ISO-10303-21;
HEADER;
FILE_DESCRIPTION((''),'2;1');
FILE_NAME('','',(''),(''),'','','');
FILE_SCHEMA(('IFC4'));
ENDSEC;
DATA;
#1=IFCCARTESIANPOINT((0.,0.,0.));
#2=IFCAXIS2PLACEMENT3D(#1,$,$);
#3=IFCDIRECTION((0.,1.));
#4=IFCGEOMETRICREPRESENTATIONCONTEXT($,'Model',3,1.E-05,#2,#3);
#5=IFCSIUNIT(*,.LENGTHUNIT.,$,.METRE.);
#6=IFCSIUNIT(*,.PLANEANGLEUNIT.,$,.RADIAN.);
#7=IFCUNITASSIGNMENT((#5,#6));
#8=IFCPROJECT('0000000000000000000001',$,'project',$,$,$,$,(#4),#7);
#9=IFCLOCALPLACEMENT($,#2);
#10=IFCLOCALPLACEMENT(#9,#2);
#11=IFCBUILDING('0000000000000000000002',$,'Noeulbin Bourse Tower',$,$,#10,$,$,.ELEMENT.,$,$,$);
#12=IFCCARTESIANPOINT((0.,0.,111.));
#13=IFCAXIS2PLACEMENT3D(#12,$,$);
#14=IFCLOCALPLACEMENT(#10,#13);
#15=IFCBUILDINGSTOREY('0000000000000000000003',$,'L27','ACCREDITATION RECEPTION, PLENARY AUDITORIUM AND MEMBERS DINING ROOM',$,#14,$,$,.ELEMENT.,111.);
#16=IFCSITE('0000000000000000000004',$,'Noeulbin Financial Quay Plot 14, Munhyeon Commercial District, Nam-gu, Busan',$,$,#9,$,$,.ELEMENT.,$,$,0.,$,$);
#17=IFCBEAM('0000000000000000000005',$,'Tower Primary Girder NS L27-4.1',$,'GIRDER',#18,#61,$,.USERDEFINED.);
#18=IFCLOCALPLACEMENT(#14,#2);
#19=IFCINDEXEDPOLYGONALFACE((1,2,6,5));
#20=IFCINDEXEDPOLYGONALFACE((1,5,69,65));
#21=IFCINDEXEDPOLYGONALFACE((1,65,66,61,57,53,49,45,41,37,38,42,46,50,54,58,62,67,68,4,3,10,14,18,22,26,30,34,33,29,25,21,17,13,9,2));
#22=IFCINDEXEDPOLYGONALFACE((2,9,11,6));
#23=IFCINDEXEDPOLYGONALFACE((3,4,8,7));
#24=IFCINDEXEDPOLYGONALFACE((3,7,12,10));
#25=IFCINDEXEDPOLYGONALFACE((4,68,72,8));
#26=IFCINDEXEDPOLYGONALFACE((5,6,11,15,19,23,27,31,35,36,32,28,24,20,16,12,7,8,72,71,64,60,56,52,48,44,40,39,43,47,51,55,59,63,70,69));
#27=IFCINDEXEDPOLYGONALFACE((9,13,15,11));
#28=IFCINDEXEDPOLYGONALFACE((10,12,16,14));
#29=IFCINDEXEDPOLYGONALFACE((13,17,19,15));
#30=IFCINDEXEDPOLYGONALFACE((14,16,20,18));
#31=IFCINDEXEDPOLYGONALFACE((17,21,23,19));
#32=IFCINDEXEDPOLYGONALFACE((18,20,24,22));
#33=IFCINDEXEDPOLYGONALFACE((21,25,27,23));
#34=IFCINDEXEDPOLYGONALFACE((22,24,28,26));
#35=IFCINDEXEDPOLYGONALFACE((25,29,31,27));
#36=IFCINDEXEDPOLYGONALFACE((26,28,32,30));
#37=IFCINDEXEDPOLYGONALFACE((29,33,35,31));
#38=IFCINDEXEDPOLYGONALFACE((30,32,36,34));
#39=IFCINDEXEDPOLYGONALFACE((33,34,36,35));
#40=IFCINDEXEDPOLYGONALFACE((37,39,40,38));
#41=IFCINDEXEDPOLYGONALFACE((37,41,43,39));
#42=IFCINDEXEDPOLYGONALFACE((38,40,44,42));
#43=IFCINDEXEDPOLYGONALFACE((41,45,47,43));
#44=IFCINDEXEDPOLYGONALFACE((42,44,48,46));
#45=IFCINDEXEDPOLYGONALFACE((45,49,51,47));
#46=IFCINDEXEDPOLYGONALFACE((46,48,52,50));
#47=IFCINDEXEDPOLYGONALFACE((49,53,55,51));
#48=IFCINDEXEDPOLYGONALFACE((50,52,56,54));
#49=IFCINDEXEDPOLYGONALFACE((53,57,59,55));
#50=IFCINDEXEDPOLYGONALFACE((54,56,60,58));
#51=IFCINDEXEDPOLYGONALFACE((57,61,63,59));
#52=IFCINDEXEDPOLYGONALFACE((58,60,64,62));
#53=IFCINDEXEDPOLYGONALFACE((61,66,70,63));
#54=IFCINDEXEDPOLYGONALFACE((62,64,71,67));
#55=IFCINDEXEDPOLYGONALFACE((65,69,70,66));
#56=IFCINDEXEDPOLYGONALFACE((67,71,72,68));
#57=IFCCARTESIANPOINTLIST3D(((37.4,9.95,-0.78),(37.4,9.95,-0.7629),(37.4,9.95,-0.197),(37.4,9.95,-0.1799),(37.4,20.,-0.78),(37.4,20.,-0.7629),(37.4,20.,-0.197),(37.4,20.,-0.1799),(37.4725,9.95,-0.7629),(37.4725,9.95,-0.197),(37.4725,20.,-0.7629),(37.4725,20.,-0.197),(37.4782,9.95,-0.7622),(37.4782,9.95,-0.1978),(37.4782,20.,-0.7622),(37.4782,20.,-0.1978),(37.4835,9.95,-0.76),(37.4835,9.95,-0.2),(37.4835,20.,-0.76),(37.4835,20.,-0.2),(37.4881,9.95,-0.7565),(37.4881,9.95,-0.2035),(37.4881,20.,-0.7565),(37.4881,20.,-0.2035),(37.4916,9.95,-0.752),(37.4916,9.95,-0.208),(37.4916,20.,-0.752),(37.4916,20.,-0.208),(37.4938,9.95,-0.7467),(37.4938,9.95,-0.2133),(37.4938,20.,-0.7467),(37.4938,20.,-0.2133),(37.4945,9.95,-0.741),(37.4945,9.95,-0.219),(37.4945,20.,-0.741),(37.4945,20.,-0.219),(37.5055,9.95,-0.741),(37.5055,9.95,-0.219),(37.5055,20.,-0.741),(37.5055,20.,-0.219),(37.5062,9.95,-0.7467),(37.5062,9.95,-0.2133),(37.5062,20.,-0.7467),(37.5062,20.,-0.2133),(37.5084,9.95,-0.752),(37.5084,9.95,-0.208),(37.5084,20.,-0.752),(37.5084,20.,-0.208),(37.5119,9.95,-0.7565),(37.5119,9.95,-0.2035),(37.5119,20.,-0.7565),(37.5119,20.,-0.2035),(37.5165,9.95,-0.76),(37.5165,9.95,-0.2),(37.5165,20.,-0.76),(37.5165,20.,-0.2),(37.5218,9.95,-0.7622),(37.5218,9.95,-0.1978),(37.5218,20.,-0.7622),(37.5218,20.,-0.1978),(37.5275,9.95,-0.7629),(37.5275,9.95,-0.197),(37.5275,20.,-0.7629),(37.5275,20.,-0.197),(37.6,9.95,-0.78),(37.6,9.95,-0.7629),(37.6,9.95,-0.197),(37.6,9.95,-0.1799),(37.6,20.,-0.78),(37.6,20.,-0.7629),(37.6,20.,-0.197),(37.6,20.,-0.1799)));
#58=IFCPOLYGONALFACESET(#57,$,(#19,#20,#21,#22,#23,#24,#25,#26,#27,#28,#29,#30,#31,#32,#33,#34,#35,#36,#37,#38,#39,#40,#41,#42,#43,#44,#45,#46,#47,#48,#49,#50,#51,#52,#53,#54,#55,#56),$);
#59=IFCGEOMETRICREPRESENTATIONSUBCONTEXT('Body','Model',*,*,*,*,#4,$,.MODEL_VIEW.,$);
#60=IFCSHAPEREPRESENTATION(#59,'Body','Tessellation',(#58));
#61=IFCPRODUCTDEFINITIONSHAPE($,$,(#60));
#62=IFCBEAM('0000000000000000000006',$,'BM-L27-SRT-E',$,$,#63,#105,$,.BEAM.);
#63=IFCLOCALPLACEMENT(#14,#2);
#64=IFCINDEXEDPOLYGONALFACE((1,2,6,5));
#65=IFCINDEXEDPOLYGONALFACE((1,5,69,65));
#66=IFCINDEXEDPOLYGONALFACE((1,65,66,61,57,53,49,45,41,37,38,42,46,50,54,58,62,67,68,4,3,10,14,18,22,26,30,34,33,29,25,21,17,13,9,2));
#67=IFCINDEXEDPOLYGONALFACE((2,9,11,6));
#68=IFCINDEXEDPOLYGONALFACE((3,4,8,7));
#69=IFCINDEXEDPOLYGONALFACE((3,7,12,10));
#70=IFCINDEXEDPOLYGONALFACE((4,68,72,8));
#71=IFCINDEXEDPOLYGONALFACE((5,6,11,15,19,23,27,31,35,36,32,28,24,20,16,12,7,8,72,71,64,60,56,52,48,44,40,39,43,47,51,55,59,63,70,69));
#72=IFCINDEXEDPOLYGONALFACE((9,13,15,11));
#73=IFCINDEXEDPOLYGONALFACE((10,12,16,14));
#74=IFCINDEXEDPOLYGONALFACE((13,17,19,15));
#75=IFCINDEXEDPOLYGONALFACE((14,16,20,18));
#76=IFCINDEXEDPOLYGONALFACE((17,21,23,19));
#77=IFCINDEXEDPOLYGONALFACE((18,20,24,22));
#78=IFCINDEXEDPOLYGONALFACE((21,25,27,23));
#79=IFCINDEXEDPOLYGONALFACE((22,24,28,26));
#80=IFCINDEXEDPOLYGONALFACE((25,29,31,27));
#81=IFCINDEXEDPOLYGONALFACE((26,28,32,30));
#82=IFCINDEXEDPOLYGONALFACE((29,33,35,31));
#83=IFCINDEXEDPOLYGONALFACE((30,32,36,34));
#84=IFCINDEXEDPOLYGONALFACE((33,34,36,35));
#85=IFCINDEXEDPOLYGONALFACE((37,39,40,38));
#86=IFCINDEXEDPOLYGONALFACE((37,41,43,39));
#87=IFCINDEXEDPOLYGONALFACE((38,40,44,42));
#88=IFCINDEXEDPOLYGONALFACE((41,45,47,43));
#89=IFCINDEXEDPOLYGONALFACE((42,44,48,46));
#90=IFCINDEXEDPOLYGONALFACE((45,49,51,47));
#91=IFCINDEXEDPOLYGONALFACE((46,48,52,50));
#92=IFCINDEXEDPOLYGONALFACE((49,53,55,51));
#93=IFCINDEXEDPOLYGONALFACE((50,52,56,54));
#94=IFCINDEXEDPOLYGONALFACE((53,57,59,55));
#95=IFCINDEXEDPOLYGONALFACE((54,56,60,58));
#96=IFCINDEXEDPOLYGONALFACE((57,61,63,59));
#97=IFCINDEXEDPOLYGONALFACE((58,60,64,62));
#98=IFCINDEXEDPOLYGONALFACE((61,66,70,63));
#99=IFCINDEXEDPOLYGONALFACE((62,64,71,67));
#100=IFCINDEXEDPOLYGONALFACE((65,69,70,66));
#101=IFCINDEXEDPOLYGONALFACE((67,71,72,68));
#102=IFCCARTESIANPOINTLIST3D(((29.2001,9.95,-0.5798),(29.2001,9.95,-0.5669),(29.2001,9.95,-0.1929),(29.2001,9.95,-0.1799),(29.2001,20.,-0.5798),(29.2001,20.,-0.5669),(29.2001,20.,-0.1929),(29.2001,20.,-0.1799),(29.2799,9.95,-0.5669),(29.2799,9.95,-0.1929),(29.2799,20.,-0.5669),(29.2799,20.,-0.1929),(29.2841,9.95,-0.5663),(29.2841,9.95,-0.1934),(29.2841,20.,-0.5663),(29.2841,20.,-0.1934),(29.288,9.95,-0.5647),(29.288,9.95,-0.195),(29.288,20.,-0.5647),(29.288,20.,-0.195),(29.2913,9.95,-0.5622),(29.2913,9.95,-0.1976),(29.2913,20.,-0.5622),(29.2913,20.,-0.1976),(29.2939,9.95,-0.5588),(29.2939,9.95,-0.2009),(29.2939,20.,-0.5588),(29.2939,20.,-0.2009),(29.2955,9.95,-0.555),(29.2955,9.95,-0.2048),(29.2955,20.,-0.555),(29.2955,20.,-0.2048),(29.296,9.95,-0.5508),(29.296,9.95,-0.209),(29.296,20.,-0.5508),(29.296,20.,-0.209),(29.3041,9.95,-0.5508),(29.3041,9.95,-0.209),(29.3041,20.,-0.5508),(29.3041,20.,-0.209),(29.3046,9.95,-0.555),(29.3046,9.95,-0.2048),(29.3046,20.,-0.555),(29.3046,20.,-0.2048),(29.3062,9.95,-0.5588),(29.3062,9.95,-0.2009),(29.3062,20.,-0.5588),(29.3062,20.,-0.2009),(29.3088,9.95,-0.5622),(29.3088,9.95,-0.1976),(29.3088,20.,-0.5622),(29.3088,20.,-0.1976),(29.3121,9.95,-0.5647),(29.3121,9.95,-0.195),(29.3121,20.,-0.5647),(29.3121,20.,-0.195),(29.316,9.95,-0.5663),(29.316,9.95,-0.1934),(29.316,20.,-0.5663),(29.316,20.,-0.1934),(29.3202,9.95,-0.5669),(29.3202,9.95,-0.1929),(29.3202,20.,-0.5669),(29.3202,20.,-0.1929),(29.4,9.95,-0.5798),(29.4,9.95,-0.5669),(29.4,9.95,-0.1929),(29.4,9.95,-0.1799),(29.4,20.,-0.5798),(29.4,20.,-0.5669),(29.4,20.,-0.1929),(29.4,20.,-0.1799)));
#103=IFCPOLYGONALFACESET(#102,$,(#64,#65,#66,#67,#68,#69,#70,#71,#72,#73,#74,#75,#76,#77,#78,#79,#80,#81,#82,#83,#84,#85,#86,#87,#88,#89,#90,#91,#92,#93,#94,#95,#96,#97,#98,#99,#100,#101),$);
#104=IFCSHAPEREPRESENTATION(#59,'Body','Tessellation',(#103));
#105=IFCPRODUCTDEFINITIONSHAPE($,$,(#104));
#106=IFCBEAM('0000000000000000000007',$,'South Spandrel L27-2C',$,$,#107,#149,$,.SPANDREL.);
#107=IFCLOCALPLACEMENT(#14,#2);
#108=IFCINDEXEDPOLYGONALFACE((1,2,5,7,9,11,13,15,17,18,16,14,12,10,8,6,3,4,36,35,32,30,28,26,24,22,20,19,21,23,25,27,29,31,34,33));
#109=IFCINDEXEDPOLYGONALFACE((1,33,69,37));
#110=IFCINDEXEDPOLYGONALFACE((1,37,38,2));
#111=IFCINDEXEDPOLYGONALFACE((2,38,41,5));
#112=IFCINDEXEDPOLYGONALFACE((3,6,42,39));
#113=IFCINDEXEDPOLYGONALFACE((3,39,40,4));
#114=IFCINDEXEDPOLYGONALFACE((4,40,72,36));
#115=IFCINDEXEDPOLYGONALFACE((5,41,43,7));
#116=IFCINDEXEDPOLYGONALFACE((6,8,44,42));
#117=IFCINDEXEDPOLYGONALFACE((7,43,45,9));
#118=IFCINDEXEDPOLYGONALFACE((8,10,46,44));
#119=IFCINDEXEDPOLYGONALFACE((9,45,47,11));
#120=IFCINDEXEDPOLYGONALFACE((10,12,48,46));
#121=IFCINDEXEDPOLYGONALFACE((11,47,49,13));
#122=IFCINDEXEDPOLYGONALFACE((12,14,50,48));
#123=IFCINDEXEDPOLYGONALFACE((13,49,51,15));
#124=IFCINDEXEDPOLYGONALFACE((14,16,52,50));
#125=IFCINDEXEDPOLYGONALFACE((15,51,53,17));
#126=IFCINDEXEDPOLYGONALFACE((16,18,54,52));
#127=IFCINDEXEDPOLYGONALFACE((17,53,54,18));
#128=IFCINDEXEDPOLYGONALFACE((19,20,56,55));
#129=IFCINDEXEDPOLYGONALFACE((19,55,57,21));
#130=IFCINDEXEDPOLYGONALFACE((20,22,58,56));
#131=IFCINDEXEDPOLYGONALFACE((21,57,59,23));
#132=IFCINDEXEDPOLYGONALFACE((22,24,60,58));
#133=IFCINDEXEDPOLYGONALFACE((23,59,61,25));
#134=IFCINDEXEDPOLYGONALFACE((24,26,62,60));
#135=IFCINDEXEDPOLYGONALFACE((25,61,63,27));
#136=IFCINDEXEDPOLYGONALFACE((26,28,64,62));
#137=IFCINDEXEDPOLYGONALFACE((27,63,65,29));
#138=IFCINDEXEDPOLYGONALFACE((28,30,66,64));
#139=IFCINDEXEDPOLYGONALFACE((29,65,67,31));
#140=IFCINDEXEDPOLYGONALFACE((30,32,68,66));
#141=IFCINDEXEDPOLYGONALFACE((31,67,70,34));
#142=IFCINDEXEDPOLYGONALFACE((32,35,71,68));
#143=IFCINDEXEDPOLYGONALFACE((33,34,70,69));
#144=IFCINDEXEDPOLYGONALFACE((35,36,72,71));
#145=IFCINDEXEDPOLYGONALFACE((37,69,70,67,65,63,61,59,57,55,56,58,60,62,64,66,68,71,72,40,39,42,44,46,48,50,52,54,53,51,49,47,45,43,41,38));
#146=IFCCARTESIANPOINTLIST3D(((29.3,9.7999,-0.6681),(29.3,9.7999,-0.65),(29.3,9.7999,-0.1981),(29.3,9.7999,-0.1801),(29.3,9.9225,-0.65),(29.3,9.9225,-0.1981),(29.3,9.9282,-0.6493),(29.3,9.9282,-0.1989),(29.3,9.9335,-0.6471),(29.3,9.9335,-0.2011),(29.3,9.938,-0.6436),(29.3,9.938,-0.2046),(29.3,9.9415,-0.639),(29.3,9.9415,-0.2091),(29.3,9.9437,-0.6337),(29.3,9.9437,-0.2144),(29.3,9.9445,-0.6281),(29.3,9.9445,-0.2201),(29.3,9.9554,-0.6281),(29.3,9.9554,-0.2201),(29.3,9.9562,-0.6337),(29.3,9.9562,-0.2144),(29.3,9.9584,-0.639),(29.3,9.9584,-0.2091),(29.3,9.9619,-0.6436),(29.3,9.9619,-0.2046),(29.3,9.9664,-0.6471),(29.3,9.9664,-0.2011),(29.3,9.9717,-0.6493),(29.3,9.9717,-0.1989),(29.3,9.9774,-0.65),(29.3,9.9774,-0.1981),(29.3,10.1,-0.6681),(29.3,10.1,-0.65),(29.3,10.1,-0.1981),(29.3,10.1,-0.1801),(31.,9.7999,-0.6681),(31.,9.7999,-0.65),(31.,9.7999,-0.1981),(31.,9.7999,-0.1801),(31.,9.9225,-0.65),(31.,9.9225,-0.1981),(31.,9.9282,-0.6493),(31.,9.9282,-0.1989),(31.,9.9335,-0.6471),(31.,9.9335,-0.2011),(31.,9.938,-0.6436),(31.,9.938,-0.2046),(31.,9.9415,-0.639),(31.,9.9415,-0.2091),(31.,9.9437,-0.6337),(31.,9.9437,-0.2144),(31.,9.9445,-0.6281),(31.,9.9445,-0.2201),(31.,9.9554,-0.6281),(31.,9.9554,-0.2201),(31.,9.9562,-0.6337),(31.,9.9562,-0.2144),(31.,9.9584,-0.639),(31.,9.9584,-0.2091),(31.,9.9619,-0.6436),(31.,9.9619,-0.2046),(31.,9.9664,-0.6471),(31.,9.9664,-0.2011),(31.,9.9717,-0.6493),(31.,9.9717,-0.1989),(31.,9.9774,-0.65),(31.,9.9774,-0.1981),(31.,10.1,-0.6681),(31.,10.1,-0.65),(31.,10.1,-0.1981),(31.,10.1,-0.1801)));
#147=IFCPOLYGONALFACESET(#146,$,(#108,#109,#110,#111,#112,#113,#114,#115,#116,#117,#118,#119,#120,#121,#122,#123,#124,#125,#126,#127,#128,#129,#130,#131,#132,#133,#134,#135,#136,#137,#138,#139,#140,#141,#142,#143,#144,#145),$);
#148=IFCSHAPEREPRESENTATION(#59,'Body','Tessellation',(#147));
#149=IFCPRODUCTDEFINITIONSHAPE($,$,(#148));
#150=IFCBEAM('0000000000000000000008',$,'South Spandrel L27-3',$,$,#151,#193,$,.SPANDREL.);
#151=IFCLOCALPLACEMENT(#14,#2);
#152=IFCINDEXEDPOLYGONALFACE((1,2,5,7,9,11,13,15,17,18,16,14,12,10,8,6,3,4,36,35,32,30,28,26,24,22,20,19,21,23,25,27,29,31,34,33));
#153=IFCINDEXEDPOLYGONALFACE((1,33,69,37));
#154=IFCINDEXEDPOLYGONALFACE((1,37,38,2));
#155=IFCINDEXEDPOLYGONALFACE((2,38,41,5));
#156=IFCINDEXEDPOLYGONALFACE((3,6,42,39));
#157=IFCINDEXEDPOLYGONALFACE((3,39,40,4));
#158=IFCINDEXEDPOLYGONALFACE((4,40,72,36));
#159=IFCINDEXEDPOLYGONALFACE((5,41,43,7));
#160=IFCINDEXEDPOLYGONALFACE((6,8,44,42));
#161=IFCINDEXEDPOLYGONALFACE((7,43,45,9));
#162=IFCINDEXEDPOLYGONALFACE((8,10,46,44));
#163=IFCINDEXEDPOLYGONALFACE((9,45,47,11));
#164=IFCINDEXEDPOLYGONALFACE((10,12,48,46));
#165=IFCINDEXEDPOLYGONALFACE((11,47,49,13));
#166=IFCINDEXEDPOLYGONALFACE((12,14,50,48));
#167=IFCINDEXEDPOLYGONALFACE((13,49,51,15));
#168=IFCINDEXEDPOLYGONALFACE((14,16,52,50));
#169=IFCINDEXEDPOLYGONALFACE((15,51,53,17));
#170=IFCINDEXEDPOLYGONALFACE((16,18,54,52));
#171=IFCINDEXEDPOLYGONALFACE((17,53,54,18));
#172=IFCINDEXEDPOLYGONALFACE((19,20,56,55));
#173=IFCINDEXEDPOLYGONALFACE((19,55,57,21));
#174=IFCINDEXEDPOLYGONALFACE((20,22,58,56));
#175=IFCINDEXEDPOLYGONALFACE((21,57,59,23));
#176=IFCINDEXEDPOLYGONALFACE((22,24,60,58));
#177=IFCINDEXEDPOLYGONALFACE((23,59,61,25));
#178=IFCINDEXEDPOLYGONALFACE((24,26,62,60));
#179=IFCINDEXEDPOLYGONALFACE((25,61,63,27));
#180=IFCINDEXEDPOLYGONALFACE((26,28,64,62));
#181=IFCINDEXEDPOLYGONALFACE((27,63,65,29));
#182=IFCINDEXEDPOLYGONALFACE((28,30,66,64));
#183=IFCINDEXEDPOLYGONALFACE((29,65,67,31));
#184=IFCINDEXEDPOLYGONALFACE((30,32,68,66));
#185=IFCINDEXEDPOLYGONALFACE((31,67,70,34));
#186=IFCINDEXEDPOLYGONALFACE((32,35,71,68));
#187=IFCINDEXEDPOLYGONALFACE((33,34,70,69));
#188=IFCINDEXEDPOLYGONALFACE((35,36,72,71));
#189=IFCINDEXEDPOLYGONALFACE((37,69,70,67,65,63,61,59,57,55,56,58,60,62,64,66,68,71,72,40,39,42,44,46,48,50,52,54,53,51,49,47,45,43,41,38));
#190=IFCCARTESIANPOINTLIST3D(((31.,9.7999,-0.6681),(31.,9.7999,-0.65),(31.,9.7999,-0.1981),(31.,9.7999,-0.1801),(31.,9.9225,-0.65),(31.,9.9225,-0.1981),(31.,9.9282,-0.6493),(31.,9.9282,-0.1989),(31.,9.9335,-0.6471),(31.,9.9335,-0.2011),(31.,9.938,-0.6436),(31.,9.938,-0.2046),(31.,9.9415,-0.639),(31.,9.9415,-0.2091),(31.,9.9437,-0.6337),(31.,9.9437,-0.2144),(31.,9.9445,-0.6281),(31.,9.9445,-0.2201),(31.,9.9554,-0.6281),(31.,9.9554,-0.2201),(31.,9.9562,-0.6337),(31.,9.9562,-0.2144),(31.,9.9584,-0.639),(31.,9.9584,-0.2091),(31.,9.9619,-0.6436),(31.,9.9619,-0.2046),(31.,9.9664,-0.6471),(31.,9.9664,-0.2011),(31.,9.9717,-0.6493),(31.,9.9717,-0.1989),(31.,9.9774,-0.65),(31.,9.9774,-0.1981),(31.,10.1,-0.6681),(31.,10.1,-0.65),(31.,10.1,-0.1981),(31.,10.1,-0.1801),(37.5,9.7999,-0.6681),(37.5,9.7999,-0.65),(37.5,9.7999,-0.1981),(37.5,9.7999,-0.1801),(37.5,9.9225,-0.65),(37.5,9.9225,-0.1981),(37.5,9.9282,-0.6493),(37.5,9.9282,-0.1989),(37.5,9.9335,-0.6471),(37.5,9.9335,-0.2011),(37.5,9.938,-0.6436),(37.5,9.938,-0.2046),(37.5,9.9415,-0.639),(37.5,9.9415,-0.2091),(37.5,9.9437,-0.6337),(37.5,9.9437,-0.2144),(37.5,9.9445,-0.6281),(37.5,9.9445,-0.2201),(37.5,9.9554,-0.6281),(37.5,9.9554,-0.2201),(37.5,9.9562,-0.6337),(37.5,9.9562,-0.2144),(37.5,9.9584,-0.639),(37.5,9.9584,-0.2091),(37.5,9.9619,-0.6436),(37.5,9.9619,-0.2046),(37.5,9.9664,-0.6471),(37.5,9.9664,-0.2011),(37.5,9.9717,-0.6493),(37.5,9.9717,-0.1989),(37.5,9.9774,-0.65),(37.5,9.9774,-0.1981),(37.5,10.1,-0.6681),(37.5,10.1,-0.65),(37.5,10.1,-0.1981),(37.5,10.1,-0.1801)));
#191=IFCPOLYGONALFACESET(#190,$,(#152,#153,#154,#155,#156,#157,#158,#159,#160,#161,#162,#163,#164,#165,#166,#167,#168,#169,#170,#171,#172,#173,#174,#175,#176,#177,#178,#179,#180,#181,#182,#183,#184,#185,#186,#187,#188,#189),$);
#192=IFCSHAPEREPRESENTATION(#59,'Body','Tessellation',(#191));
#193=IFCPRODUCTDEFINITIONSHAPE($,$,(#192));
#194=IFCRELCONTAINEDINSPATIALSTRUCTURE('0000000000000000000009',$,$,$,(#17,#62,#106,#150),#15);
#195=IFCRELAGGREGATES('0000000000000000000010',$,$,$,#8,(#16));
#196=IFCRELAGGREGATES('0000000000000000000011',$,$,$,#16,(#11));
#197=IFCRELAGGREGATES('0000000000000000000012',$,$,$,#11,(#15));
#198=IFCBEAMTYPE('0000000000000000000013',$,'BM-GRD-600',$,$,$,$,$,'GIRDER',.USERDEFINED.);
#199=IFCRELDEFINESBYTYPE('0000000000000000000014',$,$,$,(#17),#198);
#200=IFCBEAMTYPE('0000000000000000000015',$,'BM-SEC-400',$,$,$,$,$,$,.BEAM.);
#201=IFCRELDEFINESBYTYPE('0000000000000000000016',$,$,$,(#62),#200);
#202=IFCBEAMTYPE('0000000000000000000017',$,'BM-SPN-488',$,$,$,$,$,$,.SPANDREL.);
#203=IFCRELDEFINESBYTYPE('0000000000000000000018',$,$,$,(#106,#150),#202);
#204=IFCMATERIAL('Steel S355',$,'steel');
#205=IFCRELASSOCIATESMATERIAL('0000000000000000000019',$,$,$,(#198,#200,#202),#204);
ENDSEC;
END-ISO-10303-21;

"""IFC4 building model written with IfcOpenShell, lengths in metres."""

from ifc_helpers import new_model, si_unit, direction, frame, origin, origin_2d, place, context, subcontext, project, spatial, i_section, extrude, material, material_profile, profile_set, type_object, element, save


model = new_model("IFC4")

# Units and contexts
model_context = context("Model", 3, precision=1e-05, world=origin(), true_north=direction((0.0, 1.0)))
body_context = subcontext(model_context, "Body", "Model", "MODEL_VIEW")
ifc_project = project(units=[si_unit("LENGTHUNIT", "METRE"), si_unit("PLANEANGLEUNIT", "RADIAN")], contexts=[model_context])

# Site, building, storey
site_placement = place(None, origin())
site = spatial("IfcSite", under=ifc_project, at=site_placement, Name="Noeulbin Financial Quay Plot 14, Munhyeon Commercial District, Nam-gu, Busan", CompositionType="ELEMENT", RefElevation=0.0)
building_placement = place(site_placement, origin())
building = spatial("IfcBuilding", under=site, at=building_placement, Name="Noeulbin Bourse Tower", CompositionType="ELEMENT")
storey_placement = place(building_placement, frame((0.0, 0.0, 111.0)))
storey = spatial("IfcBuildingStorey", under=building, at=storey_placement, Name="L27", Description="ACCREDITATION RECEPTION, PLENARY AUDITORIUM AND MEMBERS DINING ROOM", CompositionType="ELEMENT", Elevation=111.0)

# Shared definitions
ifc_material_1 = material(Name="Steel S355", Category="steel")

# Beams
ifc_material_profile_1 = material_profile(ifc_material_1, i_section(OverallWidth=0.2, OverallDepth=0.6001, WebThickness=0.011, FlangeThickness=0.0171, FilletRadius=0.022, at=origin_2d()), Name="H-600x200x11x17", Category="LoadBearing")
ifc_profile_set_1 = profile_set([ifc_material_profile_1], Name="Steel S355")
beam_type_1 = type_object("IfcBeamType", Name="BM-GRD-600", ElementType="GIRDER", PredefinedType="USERDEFINED", material=ifc_profile_set_1)
for number, where, z_axis, x_axis, name in (
    (1, (37.5, 9.95, -0.48), (0.0, 1.0, 0.0), (-1.0, 0.0, 0.0), "Tower Primary Girder NS L27-4.1"),
):
    element("IfcBeam", number, at=place(storey_placement, frame(where, z_axis=z_axis, x_axis=x_axis)), inside=storey, type_object=beam_type_1, Name=name, ObjectType="GIRDER", PredefinedType="USERDEFINED", context=body_context, shape_type="SweptSolid", body=[
        extrude(i_section(OverallWidth=0.2, OverallDepth=0.6001, WebThickness=0.011, FlangeThickness=0.0171, FilletRadius=0.022, at=origin_2d()), origin(), (0.0, 0.0, 1.0), 10.05),
    ])
ifc_material_profile_2 = material_profile(ifc_material_1, i_section(OverallWidth=0.2, OverallDepth=0.3999, WebThickness=0.0081, FlangeThickness=0.0129, FilletRadius=0.0161, at=origin_2d()), Name="H-400x200x8x13", Category="LoadBearing")
ifc_profile_set_2 = profile_set([ifc_material_profile_2], Name="Steel S355")
beam_type_2 = type_object("IfcBeamType", Name="BM-SEC-400", PredefinedType="BEAM", material=ifc_profile_set_2)
beam_1_placement = place(storey_placement, frame((29.3, 9.95, -0.3799), z_axis=(0.0, 1.0, 0.0), x_axis=(-1.0, 0.0, 0.0)))
element("IfcBeam", 2, at=beam_1_placement, inside=storey, type_object=beam_type_2, Name="BM-L27-SRT-E", PredefinedType="BEAM", context=body_context, shape_type="SweptSolid", body=[
    extrude(i_section(OverallWidth=0.2, OverallDepth=0.3999, WebThickness=0.0081, FlangeThickness=0.0129, FilletRadius=0.0161, at=origin_2d()), origin(), (0.0, 0.0, 1.0), 10.05),
])
ifc_material_profile_3 = material_profile(ifc_material_1, i_section(OverallWidth=0.3, OverallDepth=0.488, WebThickness=0.011, FlangeThickness=0.0181, FilletRadius=0.022, at=origin_2d()), Name="H-488x300x11x18", Category="LoadBearing")
ifc_profile_set_3 = profile_set([ifc_material_profile_3], Name="Steel S355")
beam_type_3 = type_object("IfcBeamType", Name="BM-SPN-488", PredefinedType="SPANDREL", material=ifc_profile_set_3)
beam_2_placement = place(storey_placement, frame((29.3, 9.95, -0.4241), z_axis=(1.0, 0.0, 0.0), x_axis=(0.0, 1.0, 0.0)))
element("IfcBeam", 3, at=beam_2_placement, inside=storey, type_object=beam_type_3, Name="South Spandrel L27-2C", PredefinedType="SPANDREL", context=body_context, shape_type="SweptSolid", body=[
    extrude(i_section(OverallWidth=0.3, OverallDepth=0.488, WebThickness=0.011, FlangeThickness=0.0181, FilletRadius=0.022, at=origin_2d()), origin(), (0.0, 0.0, 1.0), 1.7),
])
beam_3_placement = place(storey_placement, frame((31.0, 9.95, -0.4241), z_axis=(1.0, 0.0, 0.0), x_axis=(0.0, 1.0, 0.0)))
element("IfcBeam", 4, at=beam_3_placement, inside=storey, type_object=beam_type_3, Name="South Spandrel L27-3", PredefinedType="SPANDREL", context=body_context, shape_type="SweptSolid", body=[
    extrude(i_section(OverallWidth=0.3, OverallDepth=0.488, WebThickness=0.011, FlangeThickness=0.0181, FilletRadius=0.022, at=origin_2d()), origin(), (0.0, 0.0, 1.0), 6.5),
])

save(model, "model.ifc")
